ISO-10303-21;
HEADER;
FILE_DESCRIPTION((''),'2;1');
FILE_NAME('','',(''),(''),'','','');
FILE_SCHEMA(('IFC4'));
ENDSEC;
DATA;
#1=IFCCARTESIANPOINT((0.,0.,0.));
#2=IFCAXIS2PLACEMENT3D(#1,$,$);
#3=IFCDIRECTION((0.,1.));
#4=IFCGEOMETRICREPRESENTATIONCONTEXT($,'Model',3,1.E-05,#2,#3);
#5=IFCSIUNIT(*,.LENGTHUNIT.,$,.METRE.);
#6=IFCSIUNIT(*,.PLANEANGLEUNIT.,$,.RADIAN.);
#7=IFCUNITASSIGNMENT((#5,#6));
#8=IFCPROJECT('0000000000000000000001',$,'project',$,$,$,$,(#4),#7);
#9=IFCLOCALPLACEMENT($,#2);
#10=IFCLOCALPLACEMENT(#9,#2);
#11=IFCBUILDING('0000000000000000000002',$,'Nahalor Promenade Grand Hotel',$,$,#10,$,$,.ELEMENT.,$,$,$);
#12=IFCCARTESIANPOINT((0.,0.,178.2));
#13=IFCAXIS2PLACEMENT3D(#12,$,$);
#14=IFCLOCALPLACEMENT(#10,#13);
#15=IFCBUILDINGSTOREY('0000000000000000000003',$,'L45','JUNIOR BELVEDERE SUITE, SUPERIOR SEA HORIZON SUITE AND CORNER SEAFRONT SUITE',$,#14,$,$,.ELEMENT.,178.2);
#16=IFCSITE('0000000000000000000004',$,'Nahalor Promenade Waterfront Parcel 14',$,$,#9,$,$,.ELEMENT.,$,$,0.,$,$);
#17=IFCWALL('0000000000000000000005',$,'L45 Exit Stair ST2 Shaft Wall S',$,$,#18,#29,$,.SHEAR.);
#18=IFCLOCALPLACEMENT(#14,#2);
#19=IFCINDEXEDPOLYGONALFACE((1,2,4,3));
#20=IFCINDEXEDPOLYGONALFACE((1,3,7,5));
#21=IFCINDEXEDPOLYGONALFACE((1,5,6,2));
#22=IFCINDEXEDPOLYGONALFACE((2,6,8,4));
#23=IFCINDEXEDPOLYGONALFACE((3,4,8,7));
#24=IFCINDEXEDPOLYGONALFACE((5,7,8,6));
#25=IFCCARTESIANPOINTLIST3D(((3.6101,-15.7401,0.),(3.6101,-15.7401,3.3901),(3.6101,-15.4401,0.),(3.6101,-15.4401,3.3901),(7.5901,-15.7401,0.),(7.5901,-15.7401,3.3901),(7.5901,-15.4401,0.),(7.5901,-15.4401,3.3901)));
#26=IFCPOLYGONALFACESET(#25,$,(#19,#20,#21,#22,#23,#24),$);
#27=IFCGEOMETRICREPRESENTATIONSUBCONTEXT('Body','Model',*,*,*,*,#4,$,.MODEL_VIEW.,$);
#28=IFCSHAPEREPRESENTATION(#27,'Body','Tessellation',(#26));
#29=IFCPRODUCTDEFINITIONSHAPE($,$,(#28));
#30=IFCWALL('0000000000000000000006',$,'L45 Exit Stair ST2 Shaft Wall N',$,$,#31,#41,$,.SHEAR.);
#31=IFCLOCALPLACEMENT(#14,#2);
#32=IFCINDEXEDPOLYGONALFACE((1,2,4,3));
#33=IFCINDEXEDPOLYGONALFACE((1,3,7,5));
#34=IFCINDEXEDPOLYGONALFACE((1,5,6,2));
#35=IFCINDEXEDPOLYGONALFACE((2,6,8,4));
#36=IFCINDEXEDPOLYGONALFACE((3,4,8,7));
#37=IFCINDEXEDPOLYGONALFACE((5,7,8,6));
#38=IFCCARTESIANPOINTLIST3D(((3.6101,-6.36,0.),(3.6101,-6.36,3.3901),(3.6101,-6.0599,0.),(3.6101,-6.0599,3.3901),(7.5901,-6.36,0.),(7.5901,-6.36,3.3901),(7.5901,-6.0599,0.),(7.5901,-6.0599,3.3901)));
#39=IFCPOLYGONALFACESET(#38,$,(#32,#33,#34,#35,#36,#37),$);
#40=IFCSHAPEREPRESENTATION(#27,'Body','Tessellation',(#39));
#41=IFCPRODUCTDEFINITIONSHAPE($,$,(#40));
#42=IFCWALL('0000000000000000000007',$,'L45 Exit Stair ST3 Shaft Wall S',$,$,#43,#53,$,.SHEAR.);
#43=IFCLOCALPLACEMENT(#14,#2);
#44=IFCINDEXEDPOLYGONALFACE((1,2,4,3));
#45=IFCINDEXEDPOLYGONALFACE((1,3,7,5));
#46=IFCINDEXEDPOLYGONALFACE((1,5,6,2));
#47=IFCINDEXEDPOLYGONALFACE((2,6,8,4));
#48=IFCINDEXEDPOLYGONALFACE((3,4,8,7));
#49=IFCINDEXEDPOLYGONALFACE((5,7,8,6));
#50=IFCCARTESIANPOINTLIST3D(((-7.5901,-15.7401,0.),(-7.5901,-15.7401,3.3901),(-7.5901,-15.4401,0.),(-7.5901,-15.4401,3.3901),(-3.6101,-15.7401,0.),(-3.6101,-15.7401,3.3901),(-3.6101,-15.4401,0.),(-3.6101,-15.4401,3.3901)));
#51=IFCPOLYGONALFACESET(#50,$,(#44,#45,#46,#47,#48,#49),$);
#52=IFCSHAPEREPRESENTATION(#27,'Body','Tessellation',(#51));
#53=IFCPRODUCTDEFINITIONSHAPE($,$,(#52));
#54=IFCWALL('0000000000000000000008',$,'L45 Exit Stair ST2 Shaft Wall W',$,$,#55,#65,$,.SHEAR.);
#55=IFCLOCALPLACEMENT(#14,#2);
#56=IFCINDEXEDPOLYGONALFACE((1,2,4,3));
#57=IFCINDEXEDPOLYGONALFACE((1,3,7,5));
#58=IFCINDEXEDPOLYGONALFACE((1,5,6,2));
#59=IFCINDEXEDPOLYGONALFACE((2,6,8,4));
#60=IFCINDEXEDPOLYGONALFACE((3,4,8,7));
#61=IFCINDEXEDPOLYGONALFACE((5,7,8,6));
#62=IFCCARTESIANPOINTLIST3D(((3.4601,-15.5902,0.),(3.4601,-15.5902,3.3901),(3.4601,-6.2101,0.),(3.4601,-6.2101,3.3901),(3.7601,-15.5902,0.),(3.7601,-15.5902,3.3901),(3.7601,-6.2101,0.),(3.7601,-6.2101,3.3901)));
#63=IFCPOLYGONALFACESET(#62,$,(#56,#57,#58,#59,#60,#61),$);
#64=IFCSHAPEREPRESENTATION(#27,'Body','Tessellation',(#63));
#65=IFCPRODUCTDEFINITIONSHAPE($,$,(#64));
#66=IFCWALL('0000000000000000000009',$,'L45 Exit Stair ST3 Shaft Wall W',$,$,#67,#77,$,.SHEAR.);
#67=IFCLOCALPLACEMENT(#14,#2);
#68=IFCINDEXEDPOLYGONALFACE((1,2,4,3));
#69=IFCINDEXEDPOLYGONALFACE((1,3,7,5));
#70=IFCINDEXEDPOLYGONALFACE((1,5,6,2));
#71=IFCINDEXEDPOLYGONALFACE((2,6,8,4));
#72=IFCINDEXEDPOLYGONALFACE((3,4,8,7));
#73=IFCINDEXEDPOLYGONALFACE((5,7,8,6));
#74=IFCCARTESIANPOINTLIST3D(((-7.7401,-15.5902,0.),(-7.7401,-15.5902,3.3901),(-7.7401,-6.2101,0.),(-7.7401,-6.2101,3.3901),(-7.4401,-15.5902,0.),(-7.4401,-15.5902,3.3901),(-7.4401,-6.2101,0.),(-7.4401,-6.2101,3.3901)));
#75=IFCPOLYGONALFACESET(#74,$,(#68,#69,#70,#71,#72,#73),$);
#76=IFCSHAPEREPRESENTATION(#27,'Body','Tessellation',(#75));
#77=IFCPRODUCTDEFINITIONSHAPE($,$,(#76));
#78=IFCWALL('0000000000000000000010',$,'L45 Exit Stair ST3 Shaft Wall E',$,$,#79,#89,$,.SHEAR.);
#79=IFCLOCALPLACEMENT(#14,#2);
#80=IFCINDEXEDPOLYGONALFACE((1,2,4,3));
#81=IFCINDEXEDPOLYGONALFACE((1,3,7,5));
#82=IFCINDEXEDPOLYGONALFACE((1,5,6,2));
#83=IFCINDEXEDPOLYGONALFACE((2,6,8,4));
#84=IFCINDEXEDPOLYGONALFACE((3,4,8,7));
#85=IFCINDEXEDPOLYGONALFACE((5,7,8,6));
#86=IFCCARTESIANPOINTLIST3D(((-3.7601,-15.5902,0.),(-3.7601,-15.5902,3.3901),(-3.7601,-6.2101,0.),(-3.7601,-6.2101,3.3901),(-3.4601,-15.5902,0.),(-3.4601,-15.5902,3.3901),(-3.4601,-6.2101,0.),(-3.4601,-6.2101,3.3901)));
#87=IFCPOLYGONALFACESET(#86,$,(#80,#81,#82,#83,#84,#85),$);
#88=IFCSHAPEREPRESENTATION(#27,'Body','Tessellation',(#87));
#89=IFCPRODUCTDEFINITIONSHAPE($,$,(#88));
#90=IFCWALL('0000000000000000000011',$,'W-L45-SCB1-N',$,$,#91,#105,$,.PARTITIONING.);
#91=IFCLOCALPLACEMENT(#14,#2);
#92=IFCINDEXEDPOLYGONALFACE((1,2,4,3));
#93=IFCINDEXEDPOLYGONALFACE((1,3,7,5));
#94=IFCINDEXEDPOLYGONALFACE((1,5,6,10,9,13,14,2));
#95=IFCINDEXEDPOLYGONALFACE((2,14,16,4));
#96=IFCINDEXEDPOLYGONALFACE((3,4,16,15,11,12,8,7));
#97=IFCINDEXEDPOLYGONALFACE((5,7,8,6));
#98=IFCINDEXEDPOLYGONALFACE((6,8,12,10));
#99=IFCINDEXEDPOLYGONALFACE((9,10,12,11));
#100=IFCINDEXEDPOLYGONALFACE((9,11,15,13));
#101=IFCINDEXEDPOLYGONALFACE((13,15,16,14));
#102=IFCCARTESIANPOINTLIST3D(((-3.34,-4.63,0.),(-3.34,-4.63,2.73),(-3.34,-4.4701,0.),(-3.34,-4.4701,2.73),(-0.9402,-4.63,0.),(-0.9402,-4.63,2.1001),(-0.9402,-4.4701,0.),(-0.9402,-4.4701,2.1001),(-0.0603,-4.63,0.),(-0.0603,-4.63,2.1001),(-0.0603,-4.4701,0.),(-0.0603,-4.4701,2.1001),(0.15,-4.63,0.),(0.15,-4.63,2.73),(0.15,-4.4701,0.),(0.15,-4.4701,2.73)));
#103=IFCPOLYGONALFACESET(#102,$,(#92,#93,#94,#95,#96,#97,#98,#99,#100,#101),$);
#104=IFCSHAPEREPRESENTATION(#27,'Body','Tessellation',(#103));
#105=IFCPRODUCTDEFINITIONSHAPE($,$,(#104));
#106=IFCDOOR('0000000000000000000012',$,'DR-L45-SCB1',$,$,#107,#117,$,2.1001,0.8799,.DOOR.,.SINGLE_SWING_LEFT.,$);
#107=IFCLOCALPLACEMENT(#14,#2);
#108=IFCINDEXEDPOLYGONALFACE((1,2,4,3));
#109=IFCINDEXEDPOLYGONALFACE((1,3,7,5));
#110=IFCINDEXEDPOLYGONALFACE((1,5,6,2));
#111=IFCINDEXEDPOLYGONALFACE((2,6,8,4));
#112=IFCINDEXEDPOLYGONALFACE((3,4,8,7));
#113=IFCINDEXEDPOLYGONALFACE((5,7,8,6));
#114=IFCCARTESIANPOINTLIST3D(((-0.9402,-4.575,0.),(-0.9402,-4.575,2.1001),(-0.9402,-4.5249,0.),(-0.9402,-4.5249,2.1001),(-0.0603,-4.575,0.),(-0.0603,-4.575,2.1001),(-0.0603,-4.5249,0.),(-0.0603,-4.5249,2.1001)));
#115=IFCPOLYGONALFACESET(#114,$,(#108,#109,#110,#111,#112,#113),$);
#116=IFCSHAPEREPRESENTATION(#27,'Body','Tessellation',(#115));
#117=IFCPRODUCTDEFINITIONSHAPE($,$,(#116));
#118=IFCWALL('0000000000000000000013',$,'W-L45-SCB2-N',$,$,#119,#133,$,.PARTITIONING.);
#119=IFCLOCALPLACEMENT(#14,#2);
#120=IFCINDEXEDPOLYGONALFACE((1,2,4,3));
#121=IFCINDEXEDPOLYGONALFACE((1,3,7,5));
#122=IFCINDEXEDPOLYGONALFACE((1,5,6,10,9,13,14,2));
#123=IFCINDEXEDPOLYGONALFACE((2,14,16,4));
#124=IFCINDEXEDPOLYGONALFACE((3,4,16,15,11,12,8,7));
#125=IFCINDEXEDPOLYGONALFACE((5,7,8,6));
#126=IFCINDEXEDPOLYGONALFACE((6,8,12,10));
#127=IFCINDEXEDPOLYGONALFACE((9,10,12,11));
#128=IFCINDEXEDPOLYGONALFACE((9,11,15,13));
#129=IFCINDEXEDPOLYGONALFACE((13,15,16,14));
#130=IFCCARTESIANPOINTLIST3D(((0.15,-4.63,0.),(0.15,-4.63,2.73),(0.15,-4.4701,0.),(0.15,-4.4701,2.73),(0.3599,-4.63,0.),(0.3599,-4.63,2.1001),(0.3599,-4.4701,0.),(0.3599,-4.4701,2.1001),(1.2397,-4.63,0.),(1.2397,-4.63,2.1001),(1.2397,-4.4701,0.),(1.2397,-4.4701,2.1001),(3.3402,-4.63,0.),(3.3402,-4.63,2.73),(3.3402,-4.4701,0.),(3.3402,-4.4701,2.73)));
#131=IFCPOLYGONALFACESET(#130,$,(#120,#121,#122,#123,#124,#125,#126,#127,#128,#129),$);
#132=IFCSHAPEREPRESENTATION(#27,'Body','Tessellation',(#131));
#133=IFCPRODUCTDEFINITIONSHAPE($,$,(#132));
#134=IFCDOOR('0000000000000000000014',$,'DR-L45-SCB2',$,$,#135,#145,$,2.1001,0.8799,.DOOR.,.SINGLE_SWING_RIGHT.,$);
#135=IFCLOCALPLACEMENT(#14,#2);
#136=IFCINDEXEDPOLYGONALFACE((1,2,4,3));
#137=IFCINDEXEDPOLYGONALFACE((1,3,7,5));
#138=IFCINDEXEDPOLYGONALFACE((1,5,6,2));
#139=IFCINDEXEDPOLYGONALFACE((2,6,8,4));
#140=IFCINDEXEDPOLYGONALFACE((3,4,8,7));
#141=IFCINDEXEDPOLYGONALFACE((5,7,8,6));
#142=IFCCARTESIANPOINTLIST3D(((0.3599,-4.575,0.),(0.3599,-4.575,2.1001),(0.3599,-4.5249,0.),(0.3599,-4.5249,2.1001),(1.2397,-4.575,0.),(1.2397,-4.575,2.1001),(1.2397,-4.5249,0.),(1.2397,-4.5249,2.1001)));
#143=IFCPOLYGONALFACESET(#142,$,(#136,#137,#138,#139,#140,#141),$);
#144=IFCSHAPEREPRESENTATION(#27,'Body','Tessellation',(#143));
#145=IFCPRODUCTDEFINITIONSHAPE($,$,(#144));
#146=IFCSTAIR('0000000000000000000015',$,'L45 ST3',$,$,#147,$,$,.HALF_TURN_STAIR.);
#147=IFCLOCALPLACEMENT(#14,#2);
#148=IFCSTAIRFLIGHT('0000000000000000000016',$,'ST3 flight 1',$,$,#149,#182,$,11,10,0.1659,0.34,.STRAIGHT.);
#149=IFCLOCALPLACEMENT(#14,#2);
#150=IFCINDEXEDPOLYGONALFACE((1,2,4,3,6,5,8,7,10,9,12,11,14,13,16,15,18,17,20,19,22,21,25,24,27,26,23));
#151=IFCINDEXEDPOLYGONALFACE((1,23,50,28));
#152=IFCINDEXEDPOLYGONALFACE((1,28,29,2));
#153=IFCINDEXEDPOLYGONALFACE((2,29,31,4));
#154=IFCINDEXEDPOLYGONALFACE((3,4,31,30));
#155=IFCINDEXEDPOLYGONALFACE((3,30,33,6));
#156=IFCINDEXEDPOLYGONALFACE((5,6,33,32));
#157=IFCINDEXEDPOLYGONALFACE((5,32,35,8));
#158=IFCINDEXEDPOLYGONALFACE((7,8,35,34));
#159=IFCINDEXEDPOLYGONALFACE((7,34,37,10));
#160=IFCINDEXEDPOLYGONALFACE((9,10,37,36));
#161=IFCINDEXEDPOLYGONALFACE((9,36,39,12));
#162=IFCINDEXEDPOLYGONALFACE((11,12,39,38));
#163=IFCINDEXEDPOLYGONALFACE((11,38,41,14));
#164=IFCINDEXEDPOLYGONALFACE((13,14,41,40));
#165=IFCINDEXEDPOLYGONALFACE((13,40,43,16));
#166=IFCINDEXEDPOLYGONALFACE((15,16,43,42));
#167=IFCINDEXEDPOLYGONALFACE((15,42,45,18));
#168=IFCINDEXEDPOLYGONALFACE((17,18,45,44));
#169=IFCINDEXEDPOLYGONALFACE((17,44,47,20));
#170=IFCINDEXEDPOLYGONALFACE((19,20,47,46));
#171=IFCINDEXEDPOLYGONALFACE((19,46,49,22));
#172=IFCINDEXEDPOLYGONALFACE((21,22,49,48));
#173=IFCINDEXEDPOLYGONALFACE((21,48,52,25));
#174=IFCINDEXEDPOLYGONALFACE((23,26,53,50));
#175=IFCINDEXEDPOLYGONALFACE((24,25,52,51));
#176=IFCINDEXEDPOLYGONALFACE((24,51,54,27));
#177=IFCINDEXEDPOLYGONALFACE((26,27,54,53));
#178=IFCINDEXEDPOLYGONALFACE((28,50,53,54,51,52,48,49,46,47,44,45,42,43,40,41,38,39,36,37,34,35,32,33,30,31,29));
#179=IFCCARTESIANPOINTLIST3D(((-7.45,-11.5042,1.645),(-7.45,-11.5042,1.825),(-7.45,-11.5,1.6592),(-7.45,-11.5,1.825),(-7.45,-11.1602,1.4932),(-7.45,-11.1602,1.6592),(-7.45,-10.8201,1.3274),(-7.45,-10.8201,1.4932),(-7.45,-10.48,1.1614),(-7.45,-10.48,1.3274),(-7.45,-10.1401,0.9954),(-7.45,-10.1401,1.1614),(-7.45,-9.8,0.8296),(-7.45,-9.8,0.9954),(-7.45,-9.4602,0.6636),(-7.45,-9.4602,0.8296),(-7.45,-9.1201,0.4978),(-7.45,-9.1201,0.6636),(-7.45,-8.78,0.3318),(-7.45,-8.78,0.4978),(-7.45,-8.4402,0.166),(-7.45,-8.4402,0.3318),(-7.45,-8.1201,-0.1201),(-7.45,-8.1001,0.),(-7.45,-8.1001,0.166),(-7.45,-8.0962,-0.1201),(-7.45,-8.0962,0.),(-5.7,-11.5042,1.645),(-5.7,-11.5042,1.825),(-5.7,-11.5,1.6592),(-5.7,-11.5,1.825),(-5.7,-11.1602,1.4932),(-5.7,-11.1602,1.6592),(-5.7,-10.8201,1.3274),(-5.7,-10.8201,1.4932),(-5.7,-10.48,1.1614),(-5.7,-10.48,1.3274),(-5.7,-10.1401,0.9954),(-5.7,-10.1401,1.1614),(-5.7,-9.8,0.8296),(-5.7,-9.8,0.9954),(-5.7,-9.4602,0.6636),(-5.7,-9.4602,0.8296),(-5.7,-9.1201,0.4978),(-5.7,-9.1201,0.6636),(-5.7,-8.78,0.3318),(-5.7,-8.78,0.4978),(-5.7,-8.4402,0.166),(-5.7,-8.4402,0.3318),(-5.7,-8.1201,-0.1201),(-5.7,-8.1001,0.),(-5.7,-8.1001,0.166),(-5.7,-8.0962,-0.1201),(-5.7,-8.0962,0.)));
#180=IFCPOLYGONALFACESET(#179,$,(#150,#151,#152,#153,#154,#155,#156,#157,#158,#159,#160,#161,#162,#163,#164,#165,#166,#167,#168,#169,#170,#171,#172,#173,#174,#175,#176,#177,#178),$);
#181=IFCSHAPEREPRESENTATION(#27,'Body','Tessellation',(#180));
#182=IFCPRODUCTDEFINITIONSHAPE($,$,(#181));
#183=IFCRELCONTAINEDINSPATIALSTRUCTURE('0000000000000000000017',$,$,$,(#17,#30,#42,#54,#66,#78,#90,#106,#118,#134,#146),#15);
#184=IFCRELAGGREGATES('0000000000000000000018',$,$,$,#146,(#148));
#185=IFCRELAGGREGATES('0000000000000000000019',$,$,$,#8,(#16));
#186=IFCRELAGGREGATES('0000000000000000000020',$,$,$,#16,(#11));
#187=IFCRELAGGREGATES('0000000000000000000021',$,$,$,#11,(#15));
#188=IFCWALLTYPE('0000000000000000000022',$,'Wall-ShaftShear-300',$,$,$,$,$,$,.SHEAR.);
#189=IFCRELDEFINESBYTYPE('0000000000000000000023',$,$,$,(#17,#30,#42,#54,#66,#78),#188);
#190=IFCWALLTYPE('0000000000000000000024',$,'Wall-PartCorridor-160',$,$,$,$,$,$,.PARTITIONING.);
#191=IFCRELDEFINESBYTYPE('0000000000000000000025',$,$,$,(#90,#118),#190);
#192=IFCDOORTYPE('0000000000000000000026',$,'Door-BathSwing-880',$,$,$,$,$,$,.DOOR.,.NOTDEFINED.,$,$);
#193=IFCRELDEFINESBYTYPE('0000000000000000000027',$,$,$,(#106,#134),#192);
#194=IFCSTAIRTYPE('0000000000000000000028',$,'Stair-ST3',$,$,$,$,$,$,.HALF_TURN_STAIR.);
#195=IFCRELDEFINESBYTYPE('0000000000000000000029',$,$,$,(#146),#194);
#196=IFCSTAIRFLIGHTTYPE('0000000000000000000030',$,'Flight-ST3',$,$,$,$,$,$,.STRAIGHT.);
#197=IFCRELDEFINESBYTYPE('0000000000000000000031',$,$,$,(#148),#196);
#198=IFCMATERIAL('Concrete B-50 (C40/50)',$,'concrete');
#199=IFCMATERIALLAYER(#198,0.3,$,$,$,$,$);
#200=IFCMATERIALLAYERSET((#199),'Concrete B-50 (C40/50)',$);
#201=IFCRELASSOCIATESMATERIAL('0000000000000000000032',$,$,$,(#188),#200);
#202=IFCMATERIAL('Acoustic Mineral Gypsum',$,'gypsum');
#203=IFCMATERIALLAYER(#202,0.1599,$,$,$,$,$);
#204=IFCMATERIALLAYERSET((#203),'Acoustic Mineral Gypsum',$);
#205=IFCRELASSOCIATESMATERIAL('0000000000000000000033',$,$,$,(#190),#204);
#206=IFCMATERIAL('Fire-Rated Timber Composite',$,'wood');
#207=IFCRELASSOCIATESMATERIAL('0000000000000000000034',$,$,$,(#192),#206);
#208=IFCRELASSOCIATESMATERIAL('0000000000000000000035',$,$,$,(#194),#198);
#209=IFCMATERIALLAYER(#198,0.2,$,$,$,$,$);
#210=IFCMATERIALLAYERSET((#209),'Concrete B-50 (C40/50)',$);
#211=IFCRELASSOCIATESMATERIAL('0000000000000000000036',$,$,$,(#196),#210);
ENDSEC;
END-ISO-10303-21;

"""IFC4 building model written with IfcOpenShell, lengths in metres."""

from ifc_helpers import new_model, si_unit, direction, frame, frame_2d, origin, place, context, subcontext, project, spatial, polyline, rectangle, outline, extrude, source, transform, mapped, material, layer, layer_set, type_object, element, fill, aggregate, save


model = new_model("IFC4")

# Units and contexts
model_context = context("Model", 3, precision=1e-05, world=origin(), true_north=direction((0.0, 1.0)))
body_context = subcontext(model_context, "Body", "Model", "MODEL_VIEW")
ifc_project = project(units=[si_unit("LENGTHUNIT", "METRE"), si_unit("PLANEANGLEUNIT", "RADIAN")], contexts=[model_context])

# Site, building, storey
site_placement = place(None, origin())
site = spatial("IfcSite", under=ifc_project, at=site_placement, Name="Nahalor Promenade Waterfront Parcel 14", CompositionType="ELEMENT", RefElevation=0.0)
building_placement = place(site_placement, origin())
building = spatial("IfcBuilding", under=site, at=building_placement, Name="Nahalor Promenade Grand Hotel", CompositionType="ELEMENT")
storey_placement = place(building_placement, frame((0.0, 0.0, 178.2)))
storey = spatial("IfcBuildingStorey", under=building, at=storey_placement, Name="L45", Description="JUNIOR BELVEDERE SUITE, SUPERIOR SEA HORIZON SUITE AND CORNER SEAFRONT SUITE", CompositionType="ELEMENT", Elevation=178.2)

# Walls
ifc_material_1 = material(Name="Concrete B-50 (C40/50)", Category="concrete")
ifc_layer_1 = layer(ifc_material_1, 0.3)
ifc_layer_set_1 = layer_set([ifc_layer_1], Name="Concrete B-50 (C40/50)")
wall_type_1 = type_object("IfcWallType", Name="Wall-ShaftShear-300", PredefinedType="SHEAR", material=ifc_layer_set_1)
shared_shape_1 = source(origin(), body_context, "Body", "SweptSolid", [
    extrude(rectangle(XDim=3.98, YDim=0.3, at=frame_2d((1.99, 0.0))), origin(), (0.0, 0.0, 1.0), 3.3901),
])
for number, where, z_axis, x_axis, name in (
    (1, (3.6101, -15.5901, 0.0), (0.0, 0.0, 1.0), (1.0, 0.0, 0.0), "L45 Exit Stair ST2 Shaft Wall S"),
    (2, (3.6101, -6.21, 0.0), (0.0, 0.0, 1.0), (1.0, 0.0, 0.0), "L45 Exit Stair ST2 Shaft Wall N"),
    (3, (-7.5901, -15.5901, 0.0), (0.0, 0.0, 1.0), (1.0, 0.0, 0.0), "L45 Exit Stair ST3 Shaft Wall S"),
):
    element("IfcWall", number, at=place(storey_placement, frame(where, z_axis=z_axis, x_axis=x_axis)), inside=storey, type_object=wall_type_1, Name=name, PredefinedType="SHEAR", context=body_context, shape_type="MappedRepresentation", body=[
        mapped(shared_shape_1, transform((0.0, 0.0, 0.0), scale=1.0)),
    ])

# Walls
shared_shape_2 = source(origin(), body_context, "Body", "SweptSolid", [
    extrude(rectangle(XDim=9.3801, YDim=0.3, at=frame_2d((4.6899, 0.0))), origin(), (0.0, 0.0, 1.0), 3.3901),
])
for number, where, z_axis, x_axis, name in (
    (4, (3.6101, -15.5901, 0.0), (0.0, 0.0, 1.0), (0.0, 1.0, 0.0), "L45 Exit Stair ST2 Shaft Wall W"),
    (5, (-7.5901, -15.5901, 0.0), (0.0, 0.0, 1.0), (0.0, 1.0, 0.0), "L45 Exit Stair ST3 Shaft Wall W"),
    (6, (-3.6101, -15.5901, 0.0), (0.0, 0.0, 1.0), (0.0, 1.0, 0.0), "L45 Exit Stair ST3 Shaft Wall E"),
):
    element("IfcWall", number, at=place(storey_placement, frame(where, z_axis=z_axis, x_axis=x_axis)), inside=storey, type_object=wall_type_1, Name=name, PredefinedType="SHEAR", context=body_context, shape_type="MappedRepresentation", body=[
        mapped(shared_shape_2, transform((0.0, 0.0, 0.0), scale=1.0)),
    ])

# Walls, openings, doors
ifc_material_2 = material(Name="Acoustic Mineral Gypsum", Category="gypsum")
ifc_layer_2 = layer(ifc_material_2, 0.1599)
ifc_layer_set_2 = layer_set([ifc_layer_2], Name="Acoustic Mineral Gypsum")
wall_type_2 = type_object("IfcWallType", Name="Wall-PartCorridor-160", PredefinedType="PARTITIONING", material=ifc_layer_set_2)
shared_shape_3 = source(origin(), body_context, "Body", "SweptSolid", [
    extrude(rectangle(XDim=3.49, YDim=0.1599, at=frame_2d((1.7451, 0.0))), origin(), (0.0, 0.0, 1.0), 2.73),
])
wall_1_placement = place(storey_placement, frame((-3.3401, -4.55, 0.0), z_axis=(0.0, 0.0, 1.0), x_axis=(1.0, 0.0, 0.0)))
wall_1 = element("IfcWall", 7, at=wall_1_placement, inside=storey, type_object=wall_type_2, Name="W-L45-SCB1-N", PredefinedType="PARTITIONING", context=body_context, shape_type="MappedRepresentation", body=[
    mapped(shared_shape_3, transform((0.0, 0.0, 0.0), scale=1.0)),
])
opening_1_placement = place(wall_1_placement, frame((2.3999, 0.0, 0.0)))
opening_1 = element("IfcOpeningElement", 8, at=opening_1_placement, cuts=wall_1, PredefinedType="OPENING", context=body_context, shape_type="SweptSolid", body=[
    extrude(rectangle(XDim=0.8799, YDim=2.1001, at=frame_2d((0.4399, 1.05))), frame((0.0, 0.0898, 0.0), z_axis=(0.0, -1.0, 0.0), x_axis=(1.0, 0.0, 0.0)), (0.0, 0.0, 1.0), 0.1799),
])
ifc_material_3 = material(Name="Fire-Rated Timber Composite", Category="wood")
door_type_1 = type_object("IfcDoorType", Name="Door-BathSwing-880", OperationType="NOTDEFINED", PredefinedType="DOOR", material=ifc_material_3)
shared_shape_4 = source(origin(), body_context, "Body", "SweptSolid", [
    extrude(rectangle(XDim=0.8799, YDim=2.1001, at=frame_2d((0.4399, 1.05))), frame((0.0, 0.0249, 0.0), z_axis=(0.0, -1.0, 0.0), x_axis=(1.0, 0.0, 0.0)), (0.0, 0.0, 1.0), 0.05),
])
door_1_placement = place(opening_1_placement, frame((0.8799, 0.0, 0.0), z_axis=(0.0, 0.0, 1.0), x_axis=(-1.0, 0.0, 0.0)))
door_1 = element("IfcDoor", 9, at=door_1_placement, inside=storey, type_object=door_type_1, Name="DR-L45-SCB1", OperationType="SINGLE_SWING_LEFT", OverallHeight=2.1001, OverallWidth=0.8799, PredefinedType="DOOR", context=body_context, shape_type="MappedRepresentation", body=[
    mapped(shared_shape_4, transform((0.0, 0.0, 0.0), scale=1.0)),
])
fill(opening_1, door_1)
shared_shape_5 = source(origin(), body_context, "Body", "SweptSolid", [
    extrude(rectangle(XDim=3.1902, YDim=0.1599, at=frame_2d((1.5952, 0.0))), origin(), (0.0, 0.0, 1.0), 2.73),
])
wall_2_placement = place(storey_placement, frame((0.1499, -4.55, 0.0), z_axis=(0.0, 0.0, 1.0), x_axis=(1.0, 0.0, 0.0)))
wall_2 = element("IfcWall", 10, at=wall_2_placement, inside=storey, type_object=wall_type_2, Name="W-L45-SCB2-N", PredefinedType="PARTITIONING", context=body_context, shape_type="MappedRepresentation", body=[
    mapped(shared_shape_5, transform((0.0, 0.0, 0.0), scale=1.0)),
])
opening_2_placement = place(wall_2_placement, frame((0.21, 0.0, 0.0)))
opening_2 = element("IfcOpeningElement", 11, at=opening_2_placement, cuts=wall_2, PredefinedType="OPENING", context=body_context, shape_type="SweptSolid", body=[
    extrude(rectangle(XDim=0.8799, YDim=2.1001, at=frame_2d((0.4399, 1.05))), frame((0.0, 0.0898, 0.0), z_axis=(0.0, -1.0, 0.0), x_axis=(1.0, 0.0, 0.0)), (0.0, 0.0, 1.0), 0.1799),
])
door_2_placement = place(opening_2_placement, frame((0.8799, 0.0, 0.0), z_axis=(0.0, 0.0, 1.0), x_axis=(-1.0, 0.0, 0.0)))
door_2 = element("IfcDoor", 12, at=door_2_placement, inside=storey, type_object=door_type_1, Name="DR-L45-SCB2", OperationType="SINGLE_SWING_RIGHT", OverallHeight=2.1001, OverallWidth=0.8799, PredefinedType="DOOR", context=body_context, shape_type="MappedRepresentation", body=[
    mapped(shared_shape_4, transform((0.0, 0.0, 0.0), scale=1.0)),
])
fill(opening_2, door_2)

# Stair, stair flight
stair_type = type_object("IfcStairType", Name="Stair-ST3", PredefinedType="HALF_TURN_STAIR", material=ifc_material_1)
stair_placement = place(storey_placement, origin())
stair = element("IfcStair", 13, at=stair_placement, inside=storey, type_object=stair_type, Name="L45 ST3", PredefinedType="HALF_TURN_STAIR")
ifc_layer_3 = layer(ifc_material_1, 0.2)
ifc_layer_set_3 = layer_set([ifc_layer_3], Name="Concrete B-50 (C40/50)")
stair_flight_type = type_object("IfcStairFlightType", Name="Flight-ST3", PredefinedType="STRAIGHT", material=ifc_layer_set_3)
shared_shape_6 = source(origin(), body_context, "Body", "SweptSolid", [
    extrude(outline(polyline([(-0.0039, -0.1201), (-0.0039, 0.0), (0.0, 0.0), (0.0, 0.166), (0.3401, 0.166), (0.3401, 0.3318), (0.6799, 0.3318), (0.6799, 0.4978), (1.02, 0.4978), (1.02, 0.6636), (1.3601, 0.6636), (1.3601, 0.8296), (1.7, 0.8296), (1.7, 0.9954), (2.04, 0.9954), (2.04, 1.1614), (2.3799, 1.1614), (2.3799, 1.3274), (2.72, 1.3274), (2.72, 1.4932), (3.0601, 1.4932), (3.0601, 1.6592), (3.3999, 1.6592), (3.3999, 1.825), (3.4041, 1.825), (3.4041, 1.645), (0.02, -0.1201), (-0.0039, -0.1201)])), frame((0.0, 0.875, 0.0), z_axis=(0.0, -1.0, 0.0), x_axis=(1.0, 0.0, 0.0)), (0.0, 0.0, 1.0), 1.75),
])
stair_flight_1_placement = place(storey_placement, frame((-6.575, -8.1001, 0.0), z_axis=(0.0, 0.0, 1.0), x_axis=(0.0, -1.0, 0.0)))
stair_flight_1 = element("IfcStairFlight", 14, at=stair_flight_1_placement, type_object=stair_flight_type, Name="ST3 flight 1", NumberOfRisers=11, NumberOfTreads=10, PredefinedType="STRAIGHT", RiserHeight=0.1659, TreadLength=0.34, context=body_context, shape_type="MappedRepresentation", body=[
    mapped(shared_shape_6, transform((0.0, 0.0, 0.0), scale=1.0)),
])
aggregate(stair, [stair_flight_1])

save(model, "model.ifc")
